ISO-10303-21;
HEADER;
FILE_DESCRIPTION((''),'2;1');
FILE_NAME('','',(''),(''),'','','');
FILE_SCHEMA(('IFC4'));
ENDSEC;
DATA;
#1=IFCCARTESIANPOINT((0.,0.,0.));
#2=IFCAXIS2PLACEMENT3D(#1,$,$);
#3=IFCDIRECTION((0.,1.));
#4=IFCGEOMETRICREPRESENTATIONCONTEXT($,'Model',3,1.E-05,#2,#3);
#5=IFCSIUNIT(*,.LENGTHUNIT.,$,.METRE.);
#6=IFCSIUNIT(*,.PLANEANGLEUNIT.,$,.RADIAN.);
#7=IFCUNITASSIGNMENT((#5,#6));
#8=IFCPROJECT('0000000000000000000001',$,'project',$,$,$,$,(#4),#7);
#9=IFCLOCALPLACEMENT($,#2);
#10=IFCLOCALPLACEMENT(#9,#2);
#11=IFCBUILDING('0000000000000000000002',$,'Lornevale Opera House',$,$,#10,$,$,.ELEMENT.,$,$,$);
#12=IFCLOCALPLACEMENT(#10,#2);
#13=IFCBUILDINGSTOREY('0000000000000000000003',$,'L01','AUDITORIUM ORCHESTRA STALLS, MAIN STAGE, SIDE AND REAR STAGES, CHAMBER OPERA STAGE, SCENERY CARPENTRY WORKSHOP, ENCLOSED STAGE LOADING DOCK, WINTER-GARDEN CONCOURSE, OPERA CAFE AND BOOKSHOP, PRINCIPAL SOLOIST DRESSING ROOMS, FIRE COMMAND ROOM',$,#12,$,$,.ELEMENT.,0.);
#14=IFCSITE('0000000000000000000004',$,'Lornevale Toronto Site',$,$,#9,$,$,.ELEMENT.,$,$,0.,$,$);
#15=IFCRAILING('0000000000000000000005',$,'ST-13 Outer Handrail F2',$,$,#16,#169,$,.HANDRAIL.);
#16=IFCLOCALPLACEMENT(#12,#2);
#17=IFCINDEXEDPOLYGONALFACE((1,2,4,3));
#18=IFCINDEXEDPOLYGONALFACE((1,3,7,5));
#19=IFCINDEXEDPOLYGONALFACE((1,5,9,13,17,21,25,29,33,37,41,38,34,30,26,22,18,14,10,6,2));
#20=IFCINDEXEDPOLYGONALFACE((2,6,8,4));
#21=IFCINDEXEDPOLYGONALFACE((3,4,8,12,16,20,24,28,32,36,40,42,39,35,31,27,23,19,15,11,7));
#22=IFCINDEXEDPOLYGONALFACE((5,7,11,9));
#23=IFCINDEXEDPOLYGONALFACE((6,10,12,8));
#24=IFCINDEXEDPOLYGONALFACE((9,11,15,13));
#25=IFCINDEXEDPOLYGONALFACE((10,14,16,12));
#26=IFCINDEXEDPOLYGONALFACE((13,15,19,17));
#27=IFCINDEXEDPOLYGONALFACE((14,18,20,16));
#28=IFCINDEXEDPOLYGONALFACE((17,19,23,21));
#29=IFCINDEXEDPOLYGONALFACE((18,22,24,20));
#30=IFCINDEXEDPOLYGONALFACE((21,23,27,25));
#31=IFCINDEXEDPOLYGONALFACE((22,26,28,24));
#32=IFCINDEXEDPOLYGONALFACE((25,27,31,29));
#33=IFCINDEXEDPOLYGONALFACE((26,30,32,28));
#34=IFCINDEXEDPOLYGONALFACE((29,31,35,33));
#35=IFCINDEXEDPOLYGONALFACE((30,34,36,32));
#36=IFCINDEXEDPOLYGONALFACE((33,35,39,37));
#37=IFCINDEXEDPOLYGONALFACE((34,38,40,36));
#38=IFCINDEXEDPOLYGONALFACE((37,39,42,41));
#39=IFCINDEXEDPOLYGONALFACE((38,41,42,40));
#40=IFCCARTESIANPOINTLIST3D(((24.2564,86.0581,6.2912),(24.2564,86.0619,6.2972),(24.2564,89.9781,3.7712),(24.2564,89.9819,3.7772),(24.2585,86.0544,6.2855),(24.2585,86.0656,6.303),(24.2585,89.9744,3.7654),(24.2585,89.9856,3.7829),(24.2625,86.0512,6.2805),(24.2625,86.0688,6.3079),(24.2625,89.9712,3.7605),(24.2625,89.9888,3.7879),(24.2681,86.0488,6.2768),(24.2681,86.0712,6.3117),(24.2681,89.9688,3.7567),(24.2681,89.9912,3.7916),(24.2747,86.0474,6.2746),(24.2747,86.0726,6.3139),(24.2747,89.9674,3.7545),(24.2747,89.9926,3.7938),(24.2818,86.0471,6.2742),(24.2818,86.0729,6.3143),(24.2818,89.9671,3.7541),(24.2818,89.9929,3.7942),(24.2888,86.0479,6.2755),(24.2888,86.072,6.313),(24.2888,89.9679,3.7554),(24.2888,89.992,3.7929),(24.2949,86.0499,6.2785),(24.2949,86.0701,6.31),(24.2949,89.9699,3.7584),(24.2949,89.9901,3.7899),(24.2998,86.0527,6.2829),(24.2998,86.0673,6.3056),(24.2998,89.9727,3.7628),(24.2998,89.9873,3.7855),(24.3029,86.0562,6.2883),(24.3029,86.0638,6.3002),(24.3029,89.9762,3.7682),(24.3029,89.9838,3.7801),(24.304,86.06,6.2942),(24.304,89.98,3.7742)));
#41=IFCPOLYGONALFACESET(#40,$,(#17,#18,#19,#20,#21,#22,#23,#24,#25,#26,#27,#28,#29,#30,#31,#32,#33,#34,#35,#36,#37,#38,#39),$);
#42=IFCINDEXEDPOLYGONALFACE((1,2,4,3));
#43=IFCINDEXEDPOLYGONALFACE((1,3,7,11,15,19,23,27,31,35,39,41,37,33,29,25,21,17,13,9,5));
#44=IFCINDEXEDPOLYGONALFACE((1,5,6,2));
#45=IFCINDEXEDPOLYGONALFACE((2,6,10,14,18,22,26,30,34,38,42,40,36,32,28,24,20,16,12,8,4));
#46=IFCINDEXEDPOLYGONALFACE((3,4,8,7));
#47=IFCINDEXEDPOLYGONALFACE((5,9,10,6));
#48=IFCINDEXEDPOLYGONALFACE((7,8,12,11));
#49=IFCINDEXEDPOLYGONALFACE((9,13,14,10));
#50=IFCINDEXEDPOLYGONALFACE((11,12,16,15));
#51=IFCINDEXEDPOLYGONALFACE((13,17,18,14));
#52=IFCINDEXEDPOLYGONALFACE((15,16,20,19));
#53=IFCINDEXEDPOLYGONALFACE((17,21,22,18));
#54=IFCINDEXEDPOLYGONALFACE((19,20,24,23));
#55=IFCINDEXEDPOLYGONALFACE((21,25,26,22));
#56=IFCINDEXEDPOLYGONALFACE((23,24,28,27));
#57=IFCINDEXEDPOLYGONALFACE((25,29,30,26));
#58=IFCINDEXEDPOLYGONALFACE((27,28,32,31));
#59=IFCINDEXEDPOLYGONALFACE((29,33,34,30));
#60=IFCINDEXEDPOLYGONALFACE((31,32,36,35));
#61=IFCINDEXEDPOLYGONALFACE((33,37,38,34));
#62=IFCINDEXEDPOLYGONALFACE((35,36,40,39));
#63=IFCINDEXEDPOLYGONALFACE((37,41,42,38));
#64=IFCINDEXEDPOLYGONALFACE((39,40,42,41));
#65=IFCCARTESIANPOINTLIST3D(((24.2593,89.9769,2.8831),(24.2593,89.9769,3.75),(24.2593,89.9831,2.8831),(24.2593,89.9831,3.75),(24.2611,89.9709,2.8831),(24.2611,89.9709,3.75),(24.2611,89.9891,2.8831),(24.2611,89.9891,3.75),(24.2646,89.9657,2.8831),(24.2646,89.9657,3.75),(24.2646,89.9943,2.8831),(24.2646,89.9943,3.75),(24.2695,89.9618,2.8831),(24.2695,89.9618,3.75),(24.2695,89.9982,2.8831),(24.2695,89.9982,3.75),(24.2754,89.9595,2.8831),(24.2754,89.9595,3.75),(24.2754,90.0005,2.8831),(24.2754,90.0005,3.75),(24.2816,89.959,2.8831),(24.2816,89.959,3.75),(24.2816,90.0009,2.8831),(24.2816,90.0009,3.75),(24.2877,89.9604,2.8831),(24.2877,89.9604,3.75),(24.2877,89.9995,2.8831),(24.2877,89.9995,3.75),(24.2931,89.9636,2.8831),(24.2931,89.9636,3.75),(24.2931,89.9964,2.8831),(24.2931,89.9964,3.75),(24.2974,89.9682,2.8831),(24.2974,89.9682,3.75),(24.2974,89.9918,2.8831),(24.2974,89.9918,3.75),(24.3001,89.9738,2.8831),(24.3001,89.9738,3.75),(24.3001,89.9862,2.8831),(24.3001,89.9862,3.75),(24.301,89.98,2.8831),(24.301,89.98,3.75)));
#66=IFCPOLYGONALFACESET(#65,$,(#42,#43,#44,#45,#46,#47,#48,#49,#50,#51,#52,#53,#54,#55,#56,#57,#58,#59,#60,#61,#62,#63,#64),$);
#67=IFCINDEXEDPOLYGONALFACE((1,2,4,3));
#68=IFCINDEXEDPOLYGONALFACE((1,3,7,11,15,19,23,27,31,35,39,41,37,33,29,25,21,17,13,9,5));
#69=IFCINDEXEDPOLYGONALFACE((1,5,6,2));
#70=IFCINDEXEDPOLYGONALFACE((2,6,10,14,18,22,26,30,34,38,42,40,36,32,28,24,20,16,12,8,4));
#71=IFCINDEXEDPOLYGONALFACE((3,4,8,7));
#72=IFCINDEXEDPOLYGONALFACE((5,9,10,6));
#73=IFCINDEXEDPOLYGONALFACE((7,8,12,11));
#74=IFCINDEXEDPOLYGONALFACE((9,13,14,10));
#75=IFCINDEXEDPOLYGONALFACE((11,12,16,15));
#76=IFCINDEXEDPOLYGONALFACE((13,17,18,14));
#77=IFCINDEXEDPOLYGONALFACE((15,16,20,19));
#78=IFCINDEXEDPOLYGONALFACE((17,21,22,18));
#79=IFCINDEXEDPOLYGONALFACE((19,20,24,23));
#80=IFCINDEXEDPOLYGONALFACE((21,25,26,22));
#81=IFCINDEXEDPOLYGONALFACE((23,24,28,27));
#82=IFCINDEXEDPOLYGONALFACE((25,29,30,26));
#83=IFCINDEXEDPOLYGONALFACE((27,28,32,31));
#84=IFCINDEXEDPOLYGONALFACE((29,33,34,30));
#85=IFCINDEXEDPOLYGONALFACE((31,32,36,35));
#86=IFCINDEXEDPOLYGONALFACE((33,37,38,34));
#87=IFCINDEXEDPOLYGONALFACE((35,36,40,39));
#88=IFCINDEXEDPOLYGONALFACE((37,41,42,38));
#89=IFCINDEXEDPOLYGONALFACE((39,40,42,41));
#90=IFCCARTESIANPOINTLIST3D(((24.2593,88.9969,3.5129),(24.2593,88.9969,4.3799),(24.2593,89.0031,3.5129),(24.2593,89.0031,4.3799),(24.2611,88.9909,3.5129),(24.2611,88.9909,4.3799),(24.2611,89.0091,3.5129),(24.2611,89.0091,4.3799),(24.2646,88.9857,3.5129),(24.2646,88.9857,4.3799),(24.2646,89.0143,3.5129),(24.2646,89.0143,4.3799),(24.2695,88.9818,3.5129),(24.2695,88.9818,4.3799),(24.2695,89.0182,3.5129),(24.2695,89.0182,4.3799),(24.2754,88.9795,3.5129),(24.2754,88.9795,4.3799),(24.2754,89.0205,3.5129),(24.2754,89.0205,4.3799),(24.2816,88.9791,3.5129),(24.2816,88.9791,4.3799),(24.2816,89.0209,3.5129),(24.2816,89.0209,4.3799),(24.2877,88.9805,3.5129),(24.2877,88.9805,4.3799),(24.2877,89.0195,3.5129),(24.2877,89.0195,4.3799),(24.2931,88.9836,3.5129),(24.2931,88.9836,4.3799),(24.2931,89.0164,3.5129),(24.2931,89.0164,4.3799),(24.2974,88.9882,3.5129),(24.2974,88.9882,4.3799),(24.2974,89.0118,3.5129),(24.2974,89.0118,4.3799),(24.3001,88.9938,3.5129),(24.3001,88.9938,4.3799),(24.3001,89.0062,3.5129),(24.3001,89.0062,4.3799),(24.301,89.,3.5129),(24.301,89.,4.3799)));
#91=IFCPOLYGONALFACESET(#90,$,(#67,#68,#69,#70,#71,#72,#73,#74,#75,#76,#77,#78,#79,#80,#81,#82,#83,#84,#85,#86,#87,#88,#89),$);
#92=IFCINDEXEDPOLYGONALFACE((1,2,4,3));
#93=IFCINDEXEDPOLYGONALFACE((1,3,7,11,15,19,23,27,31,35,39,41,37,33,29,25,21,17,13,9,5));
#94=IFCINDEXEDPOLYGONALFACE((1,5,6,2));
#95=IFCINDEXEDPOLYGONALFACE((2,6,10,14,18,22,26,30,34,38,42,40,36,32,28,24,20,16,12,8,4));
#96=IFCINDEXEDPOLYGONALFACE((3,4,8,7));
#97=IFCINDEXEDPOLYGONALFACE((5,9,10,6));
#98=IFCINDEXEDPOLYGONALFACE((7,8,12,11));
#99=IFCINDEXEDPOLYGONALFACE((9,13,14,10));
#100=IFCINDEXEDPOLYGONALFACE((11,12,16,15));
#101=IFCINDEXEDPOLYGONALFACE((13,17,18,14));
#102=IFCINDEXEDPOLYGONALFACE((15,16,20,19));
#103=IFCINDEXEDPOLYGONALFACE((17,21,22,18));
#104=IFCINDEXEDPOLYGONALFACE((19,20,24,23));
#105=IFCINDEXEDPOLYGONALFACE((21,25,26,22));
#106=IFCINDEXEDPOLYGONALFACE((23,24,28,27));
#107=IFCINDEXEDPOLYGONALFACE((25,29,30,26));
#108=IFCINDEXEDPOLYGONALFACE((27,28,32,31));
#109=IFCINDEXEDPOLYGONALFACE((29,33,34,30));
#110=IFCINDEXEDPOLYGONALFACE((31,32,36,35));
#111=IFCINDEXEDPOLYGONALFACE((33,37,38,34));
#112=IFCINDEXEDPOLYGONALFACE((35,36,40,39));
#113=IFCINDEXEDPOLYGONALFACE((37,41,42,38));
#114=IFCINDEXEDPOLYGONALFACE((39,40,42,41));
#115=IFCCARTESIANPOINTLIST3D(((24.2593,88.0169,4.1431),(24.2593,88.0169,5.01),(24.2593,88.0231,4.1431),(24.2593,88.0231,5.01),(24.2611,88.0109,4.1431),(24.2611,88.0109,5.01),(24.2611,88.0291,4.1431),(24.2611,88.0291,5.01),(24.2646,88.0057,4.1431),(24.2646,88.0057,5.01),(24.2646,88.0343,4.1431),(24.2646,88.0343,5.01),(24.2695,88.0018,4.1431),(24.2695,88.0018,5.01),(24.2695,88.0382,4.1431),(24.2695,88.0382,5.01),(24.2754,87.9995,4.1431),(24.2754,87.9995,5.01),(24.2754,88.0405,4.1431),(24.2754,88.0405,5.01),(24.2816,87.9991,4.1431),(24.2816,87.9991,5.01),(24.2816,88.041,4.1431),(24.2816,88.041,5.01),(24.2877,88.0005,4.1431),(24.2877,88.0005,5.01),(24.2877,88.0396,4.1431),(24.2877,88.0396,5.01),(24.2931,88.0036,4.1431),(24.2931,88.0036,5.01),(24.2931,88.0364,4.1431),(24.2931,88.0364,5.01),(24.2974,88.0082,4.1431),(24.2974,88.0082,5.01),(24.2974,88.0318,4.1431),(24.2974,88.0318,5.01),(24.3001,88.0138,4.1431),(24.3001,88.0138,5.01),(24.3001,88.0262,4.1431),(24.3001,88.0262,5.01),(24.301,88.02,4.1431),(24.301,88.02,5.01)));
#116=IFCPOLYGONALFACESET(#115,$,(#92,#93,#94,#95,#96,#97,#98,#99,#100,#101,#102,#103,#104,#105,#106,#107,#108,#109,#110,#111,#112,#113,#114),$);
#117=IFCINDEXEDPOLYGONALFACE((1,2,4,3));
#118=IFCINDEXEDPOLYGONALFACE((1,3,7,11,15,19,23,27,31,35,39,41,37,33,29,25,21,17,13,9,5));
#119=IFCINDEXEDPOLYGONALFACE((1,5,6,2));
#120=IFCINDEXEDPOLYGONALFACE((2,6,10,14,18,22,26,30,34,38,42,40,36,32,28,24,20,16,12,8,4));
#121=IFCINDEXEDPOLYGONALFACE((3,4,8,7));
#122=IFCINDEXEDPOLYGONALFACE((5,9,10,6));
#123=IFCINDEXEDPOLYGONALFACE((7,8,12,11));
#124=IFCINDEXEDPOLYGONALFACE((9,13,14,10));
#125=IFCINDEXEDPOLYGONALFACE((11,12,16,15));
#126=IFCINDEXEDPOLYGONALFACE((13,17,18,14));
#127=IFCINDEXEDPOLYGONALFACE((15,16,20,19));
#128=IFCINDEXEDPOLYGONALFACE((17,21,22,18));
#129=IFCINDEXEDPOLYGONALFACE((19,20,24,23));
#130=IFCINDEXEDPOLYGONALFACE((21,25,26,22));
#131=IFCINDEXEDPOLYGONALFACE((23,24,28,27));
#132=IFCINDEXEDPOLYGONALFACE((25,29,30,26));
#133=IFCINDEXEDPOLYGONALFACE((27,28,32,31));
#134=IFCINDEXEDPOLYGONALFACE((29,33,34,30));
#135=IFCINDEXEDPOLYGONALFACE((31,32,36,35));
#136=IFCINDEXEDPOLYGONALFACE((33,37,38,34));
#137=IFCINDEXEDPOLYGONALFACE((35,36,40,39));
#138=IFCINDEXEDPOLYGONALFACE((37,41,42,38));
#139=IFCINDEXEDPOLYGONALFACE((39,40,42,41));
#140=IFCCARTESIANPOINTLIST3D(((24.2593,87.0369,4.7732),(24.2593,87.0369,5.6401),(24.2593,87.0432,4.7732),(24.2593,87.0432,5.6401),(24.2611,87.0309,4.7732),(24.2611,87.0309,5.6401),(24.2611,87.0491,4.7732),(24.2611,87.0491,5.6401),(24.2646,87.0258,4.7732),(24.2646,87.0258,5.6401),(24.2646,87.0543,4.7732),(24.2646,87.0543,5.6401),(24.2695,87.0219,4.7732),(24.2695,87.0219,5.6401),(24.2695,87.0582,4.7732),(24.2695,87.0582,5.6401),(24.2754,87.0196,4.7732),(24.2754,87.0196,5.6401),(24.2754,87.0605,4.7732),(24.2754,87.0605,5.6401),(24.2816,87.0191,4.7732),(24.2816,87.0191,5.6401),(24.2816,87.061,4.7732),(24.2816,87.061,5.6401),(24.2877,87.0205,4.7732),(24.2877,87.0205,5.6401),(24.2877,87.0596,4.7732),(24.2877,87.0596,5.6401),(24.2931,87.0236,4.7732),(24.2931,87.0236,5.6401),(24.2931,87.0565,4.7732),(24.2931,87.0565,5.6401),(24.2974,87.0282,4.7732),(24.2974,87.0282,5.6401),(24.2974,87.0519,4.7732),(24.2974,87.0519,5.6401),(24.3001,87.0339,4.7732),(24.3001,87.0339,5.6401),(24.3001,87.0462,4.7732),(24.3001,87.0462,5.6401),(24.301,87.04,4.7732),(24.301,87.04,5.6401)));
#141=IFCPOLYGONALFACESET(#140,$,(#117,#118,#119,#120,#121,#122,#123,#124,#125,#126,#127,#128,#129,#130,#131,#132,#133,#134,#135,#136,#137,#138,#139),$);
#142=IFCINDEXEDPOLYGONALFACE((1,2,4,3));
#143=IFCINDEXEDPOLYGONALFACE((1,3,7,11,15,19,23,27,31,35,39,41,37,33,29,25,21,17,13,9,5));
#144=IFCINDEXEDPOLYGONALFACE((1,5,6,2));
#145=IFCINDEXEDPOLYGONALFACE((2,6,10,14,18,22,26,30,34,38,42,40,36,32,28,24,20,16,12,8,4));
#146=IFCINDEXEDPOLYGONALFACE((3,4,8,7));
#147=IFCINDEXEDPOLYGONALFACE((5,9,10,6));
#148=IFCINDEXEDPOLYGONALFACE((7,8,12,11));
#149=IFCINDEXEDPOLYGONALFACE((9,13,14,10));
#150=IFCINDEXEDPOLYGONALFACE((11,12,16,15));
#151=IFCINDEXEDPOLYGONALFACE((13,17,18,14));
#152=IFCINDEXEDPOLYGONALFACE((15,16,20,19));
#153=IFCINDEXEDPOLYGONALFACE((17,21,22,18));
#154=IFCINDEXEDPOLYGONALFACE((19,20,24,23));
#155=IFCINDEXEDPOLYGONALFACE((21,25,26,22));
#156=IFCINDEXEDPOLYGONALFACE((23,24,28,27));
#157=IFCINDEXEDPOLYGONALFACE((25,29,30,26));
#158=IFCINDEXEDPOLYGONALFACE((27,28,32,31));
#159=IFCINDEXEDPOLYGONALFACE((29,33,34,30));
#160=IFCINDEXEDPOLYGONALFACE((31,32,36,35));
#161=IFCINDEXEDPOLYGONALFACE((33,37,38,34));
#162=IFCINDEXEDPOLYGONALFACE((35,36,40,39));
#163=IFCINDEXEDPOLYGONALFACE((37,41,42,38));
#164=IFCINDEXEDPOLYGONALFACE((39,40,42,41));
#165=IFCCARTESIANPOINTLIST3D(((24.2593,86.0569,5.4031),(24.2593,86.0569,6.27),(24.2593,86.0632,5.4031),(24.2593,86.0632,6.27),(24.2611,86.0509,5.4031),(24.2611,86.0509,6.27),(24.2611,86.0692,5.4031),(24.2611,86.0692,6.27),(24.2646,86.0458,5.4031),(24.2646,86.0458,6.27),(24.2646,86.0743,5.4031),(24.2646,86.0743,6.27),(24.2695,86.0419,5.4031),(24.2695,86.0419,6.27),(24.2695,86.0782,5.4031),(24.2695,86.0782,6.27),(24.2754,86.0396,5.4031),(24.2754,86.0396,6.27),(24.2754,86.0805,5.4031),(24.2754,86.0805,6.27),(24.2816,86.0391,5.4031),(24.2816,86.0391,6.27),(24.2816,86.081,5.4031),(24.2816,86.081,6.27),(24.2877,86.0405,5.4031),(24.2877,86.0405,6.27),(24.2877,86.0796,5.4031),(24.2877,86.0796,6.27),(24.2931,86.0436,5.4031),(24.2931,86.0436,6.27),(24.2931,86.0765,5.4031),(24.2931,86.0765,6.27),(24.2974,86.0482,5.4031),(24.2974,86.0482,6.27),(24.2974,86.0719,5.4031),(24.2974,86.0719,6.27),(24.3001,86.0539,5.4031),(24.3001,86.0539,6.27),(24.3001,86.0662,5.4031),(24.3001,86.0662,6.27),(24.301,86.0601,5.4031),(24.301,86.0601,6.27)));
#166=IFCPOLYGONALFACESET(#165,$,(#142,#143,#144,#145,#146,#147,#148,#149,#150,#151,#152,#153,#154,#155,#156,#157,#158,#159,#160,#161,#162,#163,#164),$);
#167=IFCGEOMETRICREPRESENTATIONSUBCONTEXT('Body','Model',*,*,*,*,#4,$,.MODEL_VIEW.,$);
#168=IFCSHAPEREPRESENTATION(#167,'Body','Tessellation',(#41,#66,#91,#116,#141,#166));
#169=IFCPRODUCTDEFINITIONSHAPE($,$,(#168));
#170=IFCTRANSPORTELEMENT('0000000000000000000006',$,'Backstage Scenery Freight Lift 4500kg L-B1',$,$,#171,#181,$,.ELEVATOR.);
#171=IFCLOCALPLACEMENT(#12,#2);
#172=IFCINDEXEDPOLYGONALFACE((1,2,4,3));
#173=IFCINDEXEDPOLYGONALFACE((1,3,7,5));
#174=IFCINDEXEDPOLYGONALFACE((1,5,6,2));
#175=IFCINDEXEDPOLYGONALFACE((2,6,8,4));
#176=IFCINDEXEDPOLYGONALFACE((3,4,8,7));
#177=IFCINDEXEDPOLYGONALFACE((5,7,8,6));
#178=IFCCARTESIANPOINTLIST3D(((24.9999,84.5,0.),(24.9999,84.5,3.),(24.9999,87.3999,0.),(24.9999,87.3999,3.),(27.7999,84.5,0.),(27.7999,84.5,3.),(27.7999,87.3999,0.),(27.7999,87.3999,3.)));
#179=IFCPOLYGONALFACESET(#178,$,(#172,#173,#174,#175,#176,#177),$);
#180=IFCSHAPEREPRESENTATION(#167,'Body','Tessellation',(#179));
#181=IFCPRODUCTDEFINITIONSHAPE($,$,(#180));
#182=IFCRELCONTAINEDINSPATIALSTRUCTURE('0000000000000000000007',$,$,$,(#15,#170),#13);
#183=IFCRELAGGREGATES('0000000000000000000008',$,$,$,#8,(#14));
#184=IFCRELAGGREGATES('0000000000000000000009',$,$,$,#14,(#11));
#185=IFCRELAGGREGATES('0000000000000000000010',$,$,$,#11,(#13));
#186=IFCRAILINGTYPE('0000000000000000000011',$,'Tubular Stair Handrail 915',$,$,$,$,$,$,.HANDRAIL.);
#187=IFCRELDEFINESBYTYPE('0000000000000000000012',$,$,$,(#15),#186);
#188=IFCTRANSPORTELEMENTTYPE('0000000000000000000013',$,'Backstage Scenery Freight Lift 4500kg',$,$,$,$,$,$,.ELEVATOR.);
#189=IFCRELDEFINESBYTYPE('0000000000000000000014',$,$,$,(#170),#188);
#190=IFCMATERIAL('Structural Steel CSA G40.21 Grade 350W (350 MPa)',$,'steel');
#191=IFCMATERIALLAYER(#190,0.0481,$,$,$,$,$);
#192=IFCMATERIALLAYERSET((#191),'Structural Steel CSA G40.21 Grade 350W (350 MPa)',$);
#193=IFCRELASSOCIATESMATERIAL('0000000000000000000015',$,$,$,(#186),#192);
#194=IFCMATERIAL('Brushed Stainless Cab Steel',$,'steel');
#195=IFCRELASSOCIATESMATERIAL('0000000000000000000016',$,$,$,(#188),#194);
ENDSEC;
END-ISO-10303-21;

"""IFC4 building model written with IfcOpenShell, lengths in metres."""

from ifc_helpers import new_model, si_unit, direction, frame, origin, origin_2d, place, context, subcontext, project, spatial, rectangle, circle, extrude, material, layer, layer_set, type_object, element, save


model = new_model("IFC4")

# Units and contexts
model_context = context("Model", 3, precision=1e-05, world=origin(), true_north=direction((0.0, 1.0)))
body_context = subcontext(model_context, "Body", "Model", "MODEL_VIEW")
ifc_project = project(units=[si_unit("LENGTHUNIT", "METRE"), si_unit("PLANEANGLEUNIT", "RADIAN")], contexts=[model_context])

# Site, building, storey
site_placement = place(None, origin())
site = spatial("IfcSite", under=ifc_project, at=site_placement, Name="Lornevale Toronto Site", CompositionType="ELEMENT", RefElevation=0.0)
building_placement = place(site_placement, origin())
building = spatial("IfcBuilding", under=site, at=building_placement, Name="Lornevale Opera House", CompositionType="ELEMENT")
storey_placement = place(building_placement, origin())
storey = spatial("IfcBuildingStorey", under=building, at=storey_placement, Name="L01", Description="AUDITORIUM ORCHESTRA STALLS, MAIN STAGE, SIDE AND REAR STAGES, CHAMBER OPERA STAGE, SCENERY CARPENTRY WORKSHOP, ENCLOSED STAGE LOADING DOCK, WINTER-GARDEN CONCOURSE, OPERA CAFE AND BOOKSHOP, PRINCIPAL SOLOIST DRESSING ROOMS, FIRE COMMAND ROOM", CompositionType="ELEMENT", Elevation=0.0)

# Railing
ifc_material_1 = material(Name="Structural Steel CSA G40.21 Grade 350W (350 MPa)", Category="steel")
ifc_layer_1 = layer(ifc_material_1, 0.0481)
ifc_layer_set_1 = layer_set([ifc_layer_1], Name="Structural Steel CSA G40.21 Grade 350W (350 MPa)")
railing_type_1 = type_object("IfcRailingType", Name="Tubular Stair Handrail 915", PredefinedType="HANDRAIL", material=ifc_layer_set_1)
railing_1_placement = place(storey_placement, frame((24.28, 89.98, 2.8831)))
element("IfcRailing", 1, at=railing_1_placement, inside=storey, type_object=railing_type_1, Name="ST-13 Outer Handrail F2", PredefinedType="HANDRAIL", context=body_context, shape_type="SweptSolid", body=[
    extrude(circle(Radius=0.0239, at=origin_2d()), frame((0.0, 0.0, 0.8911), z_axis=(0.0, -0.841172, 0.540768), x_axis=(1.0, 0.0, 0.0)), (0.0, 0.0, 1.0), 4.6602),
    extrude(circle(Radius=0.021, at=origin_2d()), origin(), (0.0, 0.0, 1.0), 0.8669),
    extrude(circle(Radius=0.021, at=origin_2d()), frame((0.0, -0.98, 0.6299)), (0.0, 0.0, 1.0), 0.8669),
    extrude(circle(Radius=0.021, at=origin_2d()), frame((0.0, -1.96, 1.26)), (0.0, 0.0, 1.0), 0.8669),
    extrude(circle(Radius=0.021, at=origin_2d()), frame((0.0, -2.9399, 1.8901)), (0.0, 0.0, 1.0), 0.8669),
    extrude(circle(Radius=0.021, at=origin_2d()), frame((0.0, -3.9199, 2.52)), (0.0, 0.0, 1.0), 0.8669),
])

# Transport element
ifc_material_2 = material(Name="Brushed Stainless Cab Steel", Category="steel")
transport_element_type = type_object("IfcTransportElementType", Name="Backstage Scenery Freight Lift 4500kg", PredefinedType="ELEVATOR", material=ifc_material_2)
transport_element_placement = place(storey_placement, frame((26.3999, 85.95, 0.0), z_axis=(0.0, 0.0, 1.0), x_axis=(1.0, 0.0, 0.0)))
element("IfcTransportElement", 2, at=transport_element_placement, inside=storey, type_object=transport_element_type, Name="Backstage Scenery Freight Lift 4500kg L-B1", PredefinedType="ELEVATOR", context=body_context, shape_type="SweptSolid", body=[
    extrude(rectangle(XDim=2.8, YDim=2.8999, at=origin_2d()), origin(), (0.0, 0.0, 1.0), 3.0),
])

save(model, "model.ifc")
